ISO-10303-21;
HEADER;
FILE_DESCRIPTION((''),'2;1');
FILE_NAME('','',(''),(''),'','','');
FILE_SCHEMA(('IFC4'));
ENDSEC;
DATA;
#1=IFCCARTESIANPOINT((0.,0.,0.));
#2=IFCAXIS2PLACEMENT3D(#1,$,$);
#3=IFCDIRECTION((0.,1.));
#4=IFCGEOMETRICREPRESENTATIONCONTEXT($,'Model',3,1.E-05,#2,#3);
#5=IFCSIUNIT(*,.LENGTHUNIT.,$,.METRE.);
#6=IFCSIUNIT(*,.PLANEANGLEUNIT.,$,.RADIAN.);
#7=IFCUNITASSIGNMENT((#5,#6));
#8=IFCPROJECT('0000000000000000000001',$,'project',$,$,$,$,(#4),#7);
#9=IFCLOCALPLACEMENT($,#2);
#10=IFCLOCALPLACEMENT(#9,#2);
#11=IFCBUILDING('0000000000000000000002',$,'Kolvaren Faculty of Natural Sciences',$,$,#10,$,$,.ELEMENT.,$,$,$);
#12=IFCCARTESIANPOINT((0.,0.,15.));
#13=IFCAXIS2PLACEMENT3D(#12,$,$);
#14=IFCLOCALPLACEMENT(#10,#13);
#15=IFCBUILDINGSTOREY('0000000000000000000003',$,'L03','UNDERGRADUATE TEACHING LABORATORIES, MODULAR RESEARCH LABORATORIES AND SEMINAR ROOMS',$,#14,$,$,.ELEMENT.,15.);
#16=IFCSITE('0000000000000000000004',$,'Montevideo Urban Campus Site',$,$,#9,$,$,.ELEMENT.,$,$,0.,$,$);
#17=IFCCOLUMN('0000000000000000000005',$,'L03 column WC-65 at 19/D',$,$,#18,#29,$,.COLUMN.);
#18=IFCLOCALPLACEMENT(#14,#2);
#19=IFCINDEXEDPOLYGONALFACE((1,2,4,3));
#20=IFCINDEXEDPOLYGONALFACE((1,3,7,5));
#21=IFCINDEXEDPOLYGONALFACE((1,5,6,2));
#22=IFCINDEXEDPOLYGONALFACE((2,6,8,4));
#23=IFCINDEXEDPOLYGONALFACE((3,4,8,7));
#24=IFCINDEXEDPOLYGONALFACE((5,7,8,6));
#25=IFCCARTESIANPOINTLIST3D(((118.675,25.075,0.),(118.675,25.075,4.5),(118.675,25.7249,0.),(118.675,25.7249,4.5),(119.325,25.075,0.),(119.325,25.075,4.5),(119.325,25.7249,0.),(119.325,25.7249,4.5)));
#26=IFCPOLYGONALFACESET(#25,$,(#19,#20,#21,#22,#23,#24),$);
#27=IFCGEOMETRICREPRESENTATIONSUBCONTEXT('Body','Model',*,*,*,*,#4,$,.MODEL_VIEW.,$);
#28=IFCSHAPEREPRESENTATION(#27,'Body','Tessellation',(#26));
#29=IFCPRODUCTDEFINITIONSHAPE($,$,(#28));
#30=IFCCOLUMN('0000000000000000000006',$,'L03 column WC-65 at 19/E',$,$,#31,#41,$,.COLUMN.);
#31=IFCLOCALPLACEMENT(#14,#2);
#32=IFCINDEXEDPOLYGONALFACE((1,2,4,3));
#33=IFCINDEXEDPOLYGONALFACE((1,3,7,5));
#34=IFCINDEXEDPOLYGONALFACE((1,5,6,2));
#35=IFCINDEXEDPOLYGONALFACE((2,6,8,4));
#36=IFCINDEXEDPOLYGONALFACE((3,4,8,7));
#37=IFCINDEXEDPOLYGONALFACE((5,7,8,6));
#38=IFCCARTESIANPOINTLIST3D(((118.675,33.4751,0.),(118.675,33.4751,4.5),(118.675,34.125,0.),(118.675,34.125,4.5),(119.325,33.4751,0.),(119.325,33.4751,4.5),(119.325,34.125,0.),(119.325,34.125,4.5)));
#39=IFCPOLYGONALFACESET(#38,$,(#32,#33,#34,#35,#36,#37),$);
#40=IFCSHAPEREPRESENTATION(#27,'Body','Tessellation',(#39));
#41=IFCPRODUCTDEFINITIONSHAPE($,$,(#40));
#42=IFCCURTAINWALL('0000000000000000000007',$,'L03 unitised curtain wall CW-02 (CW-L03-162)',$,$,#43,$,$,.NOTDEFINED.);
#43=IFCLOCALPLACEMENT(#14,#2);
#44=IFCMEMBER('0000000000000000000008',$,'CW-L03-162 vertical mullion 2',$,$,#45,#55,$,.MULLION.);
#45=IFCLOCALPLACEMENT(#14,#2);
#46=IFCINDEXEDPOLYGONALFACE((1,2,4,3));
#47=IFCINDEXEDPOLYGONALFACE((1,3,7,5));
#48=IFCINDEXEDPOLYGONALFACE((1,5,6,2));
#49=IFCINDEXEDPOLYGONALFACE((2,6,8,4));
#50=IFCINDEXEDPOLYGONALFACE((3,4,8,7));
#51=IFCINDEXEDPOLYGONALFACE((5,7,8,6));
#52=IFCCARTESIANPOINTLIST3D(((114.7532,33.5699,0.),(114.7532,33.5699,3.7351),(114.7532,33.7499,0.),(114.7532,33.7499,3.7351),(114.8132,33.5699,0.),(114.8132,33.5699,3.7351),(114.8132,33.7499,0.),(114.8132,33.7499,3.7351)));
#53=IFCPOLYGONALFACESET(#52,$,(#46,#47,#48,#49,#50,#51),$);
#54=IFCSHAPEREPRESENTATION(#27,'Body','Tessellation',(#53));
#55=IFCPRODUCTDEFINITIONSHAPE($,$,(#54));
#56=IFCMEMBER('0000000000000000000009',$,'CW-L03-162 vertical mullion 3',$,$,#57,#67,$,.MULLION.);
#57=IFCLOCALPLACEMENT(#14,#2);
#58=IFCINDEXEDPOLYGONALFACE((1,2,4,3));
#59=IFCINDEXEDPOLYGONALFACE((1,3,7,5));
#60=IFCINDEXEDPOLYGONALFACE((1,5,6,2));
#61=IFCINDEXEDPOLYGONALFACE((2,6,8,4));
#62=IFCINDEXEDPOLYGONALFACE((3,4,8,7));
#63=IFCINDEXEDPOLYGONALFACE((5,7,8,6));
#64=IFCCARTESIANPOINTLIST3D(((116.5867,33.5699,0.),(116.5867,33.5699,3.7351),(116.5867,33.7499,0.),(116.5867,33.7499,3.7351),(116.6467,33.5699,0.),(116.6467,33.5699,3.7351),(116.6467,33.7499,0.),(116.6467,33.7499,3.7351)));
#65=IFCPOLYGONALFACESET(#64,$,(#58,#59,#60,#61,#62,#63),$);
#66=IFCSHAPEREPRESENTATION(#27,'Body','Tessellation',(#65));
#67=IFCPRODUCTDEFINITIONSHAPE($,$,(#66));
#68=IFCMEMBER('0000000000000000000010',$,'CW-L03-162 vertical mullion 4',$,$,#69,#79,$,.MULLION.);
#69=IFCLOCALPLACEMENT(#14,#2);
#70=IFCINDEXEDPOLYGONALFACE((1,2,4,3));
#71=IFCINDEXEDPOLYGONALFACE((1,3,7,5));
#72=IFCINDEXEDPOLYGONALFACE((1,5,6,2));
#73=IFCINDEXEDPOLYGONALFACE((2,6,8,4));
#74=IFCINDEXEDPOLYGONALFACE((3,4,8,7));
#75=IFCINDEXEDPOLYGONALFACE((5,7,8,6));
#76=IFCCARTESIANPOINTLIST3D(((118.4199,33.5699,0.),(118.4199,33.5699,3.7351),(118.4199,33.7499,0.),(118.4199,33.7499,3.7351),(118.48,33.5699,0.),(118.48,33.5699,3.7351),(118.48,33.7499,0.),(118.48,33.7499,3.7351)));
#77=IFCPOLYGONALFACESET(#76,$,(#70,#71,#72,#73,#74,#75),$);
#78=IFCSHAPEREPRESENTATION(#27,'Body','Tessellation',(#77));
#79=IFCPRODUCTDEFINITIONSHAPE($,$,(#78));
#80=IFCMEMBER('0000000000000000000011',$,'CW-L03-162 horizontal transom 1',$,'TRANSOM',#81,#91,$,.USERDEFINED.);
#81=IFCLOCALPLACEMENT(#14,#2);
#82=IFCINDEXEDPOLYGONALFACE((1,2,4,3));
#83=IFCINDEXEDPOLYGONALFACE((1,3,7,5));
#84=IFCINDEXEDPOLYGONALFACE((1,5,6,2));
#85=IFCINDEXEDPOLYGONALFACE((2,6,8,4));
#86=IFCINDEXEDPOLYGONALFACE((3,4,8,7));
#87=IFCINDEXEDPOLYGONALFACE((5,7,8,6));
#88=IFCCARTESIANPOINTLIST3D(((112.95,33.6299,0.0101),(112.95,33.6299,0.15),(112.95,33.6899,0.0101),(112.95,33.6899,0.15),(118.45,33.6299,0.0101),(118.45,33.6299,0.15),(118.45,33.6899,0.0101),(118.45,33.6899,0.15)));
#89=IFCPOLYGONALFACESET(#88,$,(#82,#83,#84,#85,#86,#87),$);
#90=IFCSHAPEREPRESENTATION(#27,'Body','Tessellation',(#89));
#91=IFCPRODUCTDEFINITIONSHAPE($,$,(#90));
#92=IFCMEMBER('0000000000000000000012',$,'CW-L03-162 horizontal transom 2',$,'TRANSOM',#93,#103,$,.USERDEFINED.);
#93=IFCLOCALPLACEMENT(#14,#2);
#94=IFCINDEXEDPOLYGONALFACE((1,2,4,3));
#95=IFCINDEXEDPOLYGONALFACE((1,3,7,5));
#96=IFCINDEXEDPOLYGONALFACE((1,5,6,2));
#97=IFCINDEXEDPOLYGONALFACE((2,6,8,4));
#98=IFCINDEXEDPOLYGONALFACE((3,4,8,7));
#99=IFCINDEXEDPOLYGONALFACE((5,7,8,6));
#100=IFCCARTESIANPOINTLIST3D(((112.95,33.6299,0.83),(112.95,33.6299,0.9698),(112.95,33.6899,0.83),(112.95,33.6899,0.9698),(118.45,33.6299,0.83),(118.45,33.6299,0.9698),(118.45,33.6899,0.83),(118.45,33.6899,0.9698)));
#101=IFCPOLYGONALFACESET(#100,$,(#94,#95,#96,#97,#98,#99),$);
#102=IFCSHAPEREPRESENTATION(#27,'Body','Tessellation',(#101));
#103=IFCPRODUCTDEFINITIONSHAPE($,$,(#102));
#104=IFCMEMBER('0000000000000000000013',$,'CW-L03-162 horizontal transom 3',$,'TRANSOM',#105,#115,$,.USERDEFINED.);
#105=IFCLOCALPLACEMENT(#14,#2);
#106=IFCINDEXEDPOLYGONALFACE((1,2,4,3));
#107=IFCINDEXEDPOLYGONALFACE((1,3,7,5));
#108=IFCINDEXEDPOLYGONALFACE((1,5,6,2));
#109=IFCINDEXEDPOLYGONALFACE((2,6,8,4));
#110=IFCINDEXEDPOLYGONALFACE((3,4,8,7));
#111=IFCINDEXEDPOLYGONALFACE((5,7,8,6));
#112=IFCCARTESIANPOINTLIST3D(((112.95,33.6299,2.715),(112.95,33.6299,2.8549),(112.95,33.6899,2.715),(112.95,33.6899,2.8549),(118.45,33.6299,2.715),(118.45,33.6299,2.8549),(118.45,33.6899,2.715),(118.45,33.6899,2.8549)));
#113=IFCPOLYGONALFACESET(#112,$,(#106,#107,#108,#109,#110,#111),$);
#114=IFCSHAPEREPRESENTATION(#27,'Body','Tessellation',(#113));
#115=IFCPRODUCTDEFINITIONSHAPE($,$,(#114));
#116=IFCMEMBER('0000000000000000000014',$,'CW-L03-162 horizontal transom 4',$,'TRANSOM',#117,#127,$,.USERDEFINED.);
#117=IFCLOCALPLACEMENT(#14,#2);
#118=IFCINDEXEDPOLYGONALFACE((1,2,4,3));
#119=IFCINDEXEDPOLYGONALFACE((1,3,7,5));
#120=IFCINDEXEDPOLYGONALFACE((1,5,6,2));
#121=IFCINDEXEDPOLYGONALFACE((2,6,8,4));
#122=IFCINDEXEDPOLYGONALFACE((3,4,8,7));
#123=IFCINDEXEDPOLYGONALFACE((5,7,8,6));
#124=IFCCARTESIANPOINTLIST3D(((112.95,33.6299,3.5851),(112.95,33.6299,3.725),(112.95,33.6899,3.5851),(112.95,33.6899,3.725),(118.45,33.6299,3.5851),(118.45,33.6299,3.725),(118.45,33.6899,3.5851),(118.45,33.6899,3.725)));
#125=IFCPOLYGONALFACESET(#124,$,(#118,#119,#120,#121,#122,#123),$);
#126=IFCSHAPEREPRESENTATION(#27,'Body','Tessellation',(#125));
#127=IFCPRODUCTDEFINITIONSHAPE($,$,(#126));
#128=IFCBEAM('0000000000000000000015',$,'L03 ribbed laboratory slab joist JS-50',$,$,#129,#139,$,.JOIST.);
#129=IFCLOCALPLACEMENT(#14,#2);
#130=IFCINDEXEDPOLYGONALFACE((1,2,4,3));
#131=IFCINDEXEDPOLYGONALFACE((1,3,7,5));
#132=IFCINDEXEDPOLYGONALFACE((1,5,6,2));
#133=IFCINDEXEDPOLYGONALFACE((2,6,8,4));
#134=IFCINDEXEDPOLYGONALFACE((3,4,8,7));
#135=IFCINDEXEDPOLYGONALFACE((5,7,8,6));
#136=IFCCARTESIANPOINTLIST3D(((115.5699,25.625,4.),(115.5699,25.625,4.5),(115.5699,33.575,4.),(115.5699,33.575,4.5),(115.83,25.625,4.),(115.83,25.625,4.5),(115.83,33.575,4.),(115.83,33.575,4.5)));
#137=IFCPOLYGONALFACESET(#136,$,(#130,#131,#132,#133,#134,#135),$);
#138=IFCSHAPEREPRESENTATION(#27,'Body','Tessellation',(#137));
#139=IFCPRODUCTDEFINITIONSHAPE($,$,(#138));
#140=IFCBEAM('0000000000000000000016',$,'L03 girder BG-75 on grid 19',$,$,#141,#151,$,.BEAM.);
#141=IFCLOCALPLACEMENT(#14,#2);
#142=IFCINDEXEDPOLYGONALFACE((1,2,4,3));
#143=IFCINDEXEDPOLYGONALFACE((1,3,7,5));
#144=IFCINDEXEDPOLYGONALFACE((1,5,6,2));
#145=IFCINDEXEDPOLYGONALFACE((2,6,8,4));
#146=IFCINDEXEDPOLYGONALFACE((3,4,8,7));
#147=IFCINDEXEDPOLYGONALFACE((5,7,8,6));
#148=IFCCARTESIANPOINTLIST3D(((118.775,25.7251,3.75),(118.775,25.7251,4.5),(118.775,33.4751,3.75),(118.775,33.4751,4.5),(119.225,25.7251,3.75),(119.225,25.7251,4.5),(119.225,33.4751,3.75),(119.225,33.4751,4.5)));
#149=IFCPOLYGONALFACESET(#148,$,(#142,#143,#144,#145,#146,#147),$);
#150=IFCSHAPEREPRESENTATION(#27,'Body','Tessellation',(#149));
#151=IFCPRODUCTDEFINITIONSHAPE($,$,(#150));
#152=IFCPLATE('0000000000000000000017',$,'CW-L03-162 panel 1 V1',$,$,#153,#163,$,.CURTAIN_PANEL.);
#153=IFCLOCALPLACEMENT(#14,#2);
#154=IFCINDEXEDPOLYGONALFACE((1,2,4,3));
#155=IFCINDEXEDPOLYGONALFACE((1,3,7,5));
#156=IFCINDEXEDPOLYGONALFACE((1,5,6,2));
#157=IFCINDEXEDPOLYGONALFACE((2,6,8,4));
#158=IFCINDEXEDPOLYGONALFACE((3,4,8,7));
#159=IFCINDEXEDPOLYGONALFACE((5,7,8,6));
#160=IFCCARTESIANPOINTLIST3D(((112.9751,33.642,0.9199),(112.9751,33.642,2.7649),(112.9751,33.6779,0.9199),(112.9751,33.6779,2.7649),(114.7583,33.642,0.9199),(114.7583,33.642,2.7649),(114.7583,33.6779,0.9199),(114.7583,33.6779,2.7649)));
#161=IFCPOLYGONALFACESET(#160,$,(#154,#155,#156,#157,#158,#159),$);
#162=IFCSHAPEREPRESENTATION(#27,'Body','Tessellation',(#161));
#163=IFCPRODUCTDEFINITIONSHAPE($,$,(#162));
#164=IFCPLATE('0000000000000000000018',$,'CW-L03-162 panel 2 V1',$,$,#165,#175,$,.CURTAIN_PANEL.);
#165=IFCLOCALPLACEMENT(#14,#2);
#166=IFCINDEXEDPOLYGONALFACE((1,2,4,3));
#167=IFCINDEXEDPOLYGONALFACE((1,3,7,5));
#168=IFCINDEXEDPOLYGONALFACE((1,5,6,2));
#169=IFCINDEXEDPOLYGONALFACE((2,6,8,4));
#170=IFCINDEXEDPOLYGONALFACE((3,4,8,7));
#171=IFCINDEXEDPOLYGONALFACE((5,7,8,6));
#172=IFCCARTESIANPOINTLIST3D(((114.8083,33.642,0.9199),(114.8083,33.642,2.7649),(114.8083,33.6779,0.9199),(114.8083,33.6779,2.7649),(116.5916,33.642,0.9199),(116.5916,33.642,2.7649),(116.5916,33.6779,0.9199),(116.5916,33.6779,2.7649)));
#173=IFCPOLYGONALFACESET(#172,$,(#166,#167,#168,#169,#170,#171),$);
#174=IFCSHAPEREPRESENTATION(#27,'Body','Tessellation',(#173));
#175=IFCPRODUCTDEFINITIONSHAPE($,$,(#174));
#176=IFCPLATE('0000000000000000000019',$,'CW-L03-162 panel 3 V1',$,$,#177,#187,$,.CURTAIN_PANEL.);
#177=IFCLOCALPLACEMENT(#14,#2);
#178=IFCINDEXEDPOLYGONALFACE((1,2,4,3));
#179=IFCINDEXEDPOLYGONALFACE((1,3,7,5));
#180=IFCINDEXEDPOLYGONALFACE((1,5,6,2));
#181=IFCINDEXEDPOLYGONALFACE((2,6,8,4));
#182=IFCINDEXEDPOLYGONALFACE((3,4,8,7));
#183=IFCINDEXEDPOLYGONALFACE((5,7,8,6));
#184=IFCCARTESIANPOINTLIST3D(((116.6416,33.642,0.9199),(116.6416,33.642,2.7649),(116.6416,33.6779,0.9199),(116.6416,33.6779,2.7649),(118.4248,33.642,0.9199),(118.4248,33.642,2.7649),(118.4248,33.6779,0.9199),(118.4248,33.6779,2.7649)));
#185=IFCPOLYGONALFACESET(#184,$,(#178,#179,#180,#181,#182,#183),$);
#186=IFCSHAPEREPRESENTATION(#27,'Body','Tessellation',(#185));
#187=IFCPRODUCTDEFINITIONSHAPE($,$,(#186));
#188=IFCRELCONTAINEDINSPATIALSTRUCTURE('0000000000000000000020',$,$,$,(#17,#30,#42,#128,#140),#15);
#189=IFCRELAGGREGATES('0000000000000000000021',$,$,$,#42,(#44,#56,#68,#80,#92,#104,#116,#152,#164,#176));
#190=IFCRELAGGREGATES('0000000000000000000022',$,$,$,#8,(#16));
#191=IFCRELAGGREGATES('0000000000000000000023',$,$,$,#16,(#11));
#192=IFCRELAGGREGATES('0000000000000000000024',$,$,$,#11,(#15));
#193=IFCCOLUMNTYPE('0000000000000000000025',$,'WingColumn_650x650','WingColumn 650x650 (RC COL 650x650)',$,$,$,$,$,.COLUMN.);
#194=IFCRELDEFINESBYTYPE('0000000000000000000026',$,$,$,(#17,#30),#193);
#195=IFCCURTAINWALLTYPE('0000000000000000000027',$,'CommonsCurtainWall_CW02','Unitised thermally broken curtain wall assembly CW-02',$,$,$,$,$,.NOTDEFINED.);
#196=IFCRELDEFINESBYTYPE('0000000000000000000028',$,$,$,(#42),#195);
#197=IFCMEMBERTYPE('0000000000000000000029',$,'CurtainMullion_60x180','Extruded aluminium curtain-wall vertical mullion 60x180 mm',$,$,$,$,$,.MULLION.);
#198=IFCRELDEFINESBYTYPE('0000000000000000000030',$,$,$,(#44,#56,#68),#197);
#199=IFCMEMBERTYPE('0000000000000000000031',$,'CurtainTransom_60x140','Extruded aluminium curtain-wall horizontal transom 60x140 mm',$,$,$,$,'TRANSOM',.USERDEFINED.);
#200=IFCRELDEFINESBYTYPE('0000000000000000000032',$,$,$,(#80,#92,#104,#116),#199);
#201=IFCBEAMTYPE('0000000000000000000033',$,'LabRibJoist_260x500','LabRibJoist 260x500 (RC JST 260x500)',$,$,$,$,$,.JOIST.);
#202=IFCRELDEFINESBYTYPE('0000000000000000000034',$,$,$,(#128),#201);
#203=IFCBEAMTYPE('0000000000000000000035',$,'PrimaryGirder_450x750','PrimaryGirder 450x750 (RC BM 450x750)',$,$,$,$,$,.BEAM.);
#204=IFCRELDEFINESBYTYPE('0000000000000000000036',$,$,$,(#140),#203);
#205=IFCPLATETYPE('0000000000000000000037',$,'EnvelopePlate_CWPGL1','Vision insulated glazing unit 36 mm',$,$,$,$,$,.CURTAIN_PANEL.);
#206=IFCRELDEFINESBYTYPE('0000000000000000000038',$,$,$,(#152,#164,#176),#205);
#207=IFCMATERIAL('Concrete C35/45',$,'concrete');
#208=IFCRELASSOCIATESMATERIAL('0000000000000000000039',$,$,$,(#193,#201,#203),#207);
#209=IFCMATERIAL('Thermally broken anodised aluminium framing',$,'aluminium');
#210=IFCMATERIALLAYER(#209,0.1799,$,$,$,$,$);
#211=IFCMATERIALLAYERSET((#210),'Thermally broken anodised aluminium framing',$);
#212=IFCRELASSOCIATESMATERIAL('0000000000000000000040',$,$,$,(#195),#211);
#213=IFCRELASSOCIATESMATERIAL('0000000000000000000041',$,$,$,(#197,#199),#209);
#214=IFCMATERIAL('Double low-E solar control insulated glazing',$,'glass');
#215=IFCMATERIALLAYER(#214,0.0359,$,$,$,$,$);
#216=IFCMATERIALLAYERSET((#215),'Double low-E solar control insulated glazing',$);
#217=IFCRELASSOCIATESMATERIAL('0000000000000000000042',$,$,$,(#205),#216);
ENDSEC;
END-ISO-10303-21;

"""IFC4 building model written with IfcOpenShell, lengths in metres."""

from ifc_helpers import new_model, si_unit, direction, frame, origin, origin_2d, place, context, subcontext, project, spatial, rectangle, extrude, material, layer, layer_set, material_profile, profile_set, type_object, element, aggregate, save


model = new_model("IFC4")

# Units and contexts
model_context = context("Model", 3, precision=1e-05, world=origin(), true_north=direction((0.0, 1.0)))
body_context = subcontext(model_context, "Body", "Model", "MODEL_VIEW")
ifc_project = project(units=[si_unit("LENGTHUNIT", "METRE"), si_unit("PLANEANGLEUNIT", "RADIAN")], contexts=[model_context])

# Site, building, storey
site_placement = place(None, origin())
site = spatial("IfcSite", under=ifc_project, at=site_placement, Name="Montevideo Urban Campus Site", CompositionType="ELEMENT", RefElevation=0.0)
building_placement = place(site_placement, origin())
building = spatial("IfcBuilding", under=site, at=building_placement, Name="Kolvaren Faculty of Natural Sciences", CompositionType="ELEMENT")
storey_placement = place(building_placement, frame((0.0, 0.0, 15.0)))
storey = spatial("IfcBuildingStorey", under=building, at=storey_placement, Name="L03", Description="UNDERGRADUATE TEACHING LABORATORIES, MODULAR RESEARCH LABORATORIES AND SEMINAR ROOMS", CompositionType="ELEMENT", Elevation=15.0)

# Columns
ifc_material_1 = material(Name="Concrete C35/45", Category="concrete")
ifc_material_profile_1 = material_profile(ifc_material_1, rectangle(XDim=0.6499, YDim=0.6499, at=origin_2d()), Name="RC COL 650x650")
ifc_profile_set_1 = profile_set([ifc_material_profile_1], Name="Concrete C35/45")
column_type = type_object("IfcColumnType", Name="WingColumn_650x650", Description="WingColumn 650x650 (RC COL 650x650)", PredefinedType="COLUMN", material=ifc_profile_set_1)
for number, where, z_axis, x_axis, name in (
    (1, (119.0, 25.3999, 0.0), (0.0, 0.0, 1.0), (1.0, 0.0, 0.0), "L03 column WC-65 at 19/D"),
    (2, (119.0, 33.8, 0.0), (0.0, 0.0, 1.0), (1.0, 0.0, 0.0), "L03 column WC-65 at 19/E"),
):
    element("IfcColumn", number, at=place(storey_placement, frame(where, z_axis=z_axis, x_axis=x_axis)), inside=storey, type_object=column_type, Name=name, PredefinedType="COLUMN", context=body_context, shape_type="SweptSolid", body=[
        extrude(rectangle(XDim=0.6499, YDim=0.6499, at=origin_2d()), origin(), (0.0, 0.0, 1.0), 4.5),
    ])

# Curtain wall, members
ifc_material_2 = material(Name="Thermally broken anodised aluminium framing", Category="aluminium")
ifc_layer_1 = layer(ifc_material_2, 0.1799)
ifc_layer_set_1 = layer_set([ifc_layer_1], Name="Thermally broken anodised aluminium framing")
curtain_wall_type = type_object("IfcCurtainWallType", Name="CommonsCurtainWall_CW02", Description="Unitised thermally broken curtain wall assembly CW-02", PredefinedType="NOTDEFINED", material=ifc_layer_set_1)
curtain_wall_placement = place(storey_placement, origin())
curtain_wall = element("IfcCurtainWall", 3, at=curtain_wall_placement, inside=storey, type_object=curtain_wall_type, Name="L03 unitised curtain wall CW-02 (CW-L03-162)", PredefinedType="NOTDEFINED")
ifc_material_profile_2 = material_profile(ifc_material_2, rectangle(XDim=0.0601, YDim=0.1799, at=origin_2d()), Name="ALU MUL 60x180")
ifc_profile_set_2 = profile_set([ifc_material_profile_2], Name="Thermally broken anodised aluminium framing")
member_type_1 = type_object("IfcMemberType", Name="CurtainMullion_60x180", Description="Extruded aluminium curtain-wall vertical mullion 60x180 mm", PredefinedType="MULLION", material=ifc_profile_set_2)
member_1_placement = place(storey_placement, frame((114.7832, 33.6599, 0.0), z_axis=(0.0, 0.0, 1.0), x_axis=(1.0, 0.0, 0.0)))
member_1 = element("IfcMember", 4, at=member_1_placement, type_object=member_type_1, Name="CW-L03-162 vertical mullion 2", PredefinedType="MULLION", context=body_context, shape_type="SweptSolid", body=[
    extrude(rectangle(XDim=0.0601, YDim=0.1799, at=origin_2d()), origin(), (0.0, 0.0, 1.0), 3.7351),
])
member_2_placement = place(storey_placement, frame((116.6167, 33.6599, 0.0), z_axis=(0.0, 0.0, 1.0), x_axis=(1.0, 0.0, 0.0)))
member_2 = element("IfcMember", 5, at=member_2_placement, type_object=member_type_1, Name="CW-L03-162 vertical mullion 3", PredefinedType="MULLION", context=body_context, shape_type="SweptSolid", body=[
    extrude(rectangle(XDim=0.0601, YDim=0.1799, at=origin_2d()), origin(), (0.0, 0.0, 1.0), 3.7351),
])
member_3_placement = place(storey_placement, frame((118.45, 33.6599, 0.0), z_axis=(0.0, 0.0, 1.0), x_axis=(1.0, 0.0, 0.0)))
member_3 = element("IfcMember", 6, at=member_3_placement, type_object=member_type_1, Name="CW-L03-162 vertical mullion 4", PredefinedType="MULLION", context=body_context, shape_type="SweptSolid", body=[
    extrude(rectangle(XDim=0.0601, YDim=0.1799, at=origin_2d()), origin(), (0.0, 0.0, 1.0), 3.7351),
])
ifc_material_profile_3 = material_profile(ifc_material_2, rectangle(XDim=0.0601, YDim=0.1399, at=origin_2d()), Name="ALU TRN 60x140")
ifc_profile_set_3 = profile_set([ifc_material_profile_3], Name="Thermally broken anodised aluminium framing")
member_type_2 = type_object("IfcMemberType", Name="CurtainTransom_60x140", Description="Extruded aluminium curtain-wall horizontal transom 60x140 mm", ElementType="TRANSOM", PredefinedType="USERDEFINED", material=ifc_profile_set_3)
member_4_placement = place(storey_placement, frame((112.95, 33.6599, 0.0801), z_axis=(1.0, 0.0, 0.0), x_axis=(0.0, 1.0, 0.0)))
member_4 = element("IfcMember", 7, at=member_4_placement, type_object=member_type_2, Name="CW-L03-162 horizontal transom 1", ObjectType="TRANSOM", PredefinedType="USERDEFINED", context=body_context, shape_type="SweptSolid", body=[
    extrude(rectangle(XDim=0.0601, YDim=0.1399, at=origin_2d()), origin(), (0.0, 0.0, 1.0), 5.5),
])
member_5_placement = place(storey_placement, frame((112.95, 33.6599, 0.8999), z_axis=(1.0, 0.0, 0.0), x_axis=(0.0, 1.0, 0.0)))
member_5 = element("IfcMember", 8, at=member_5_placement, type_object=member_type_2, Name="CW-L03-162 horizontal transom 2", ObjectType="TRANSOM", PredefinedType="USERDEFINED", context=body_context, shape_type="SweptSolid", body=[
    extrude(rectangle(XDim=0.0601, YDim=0.1399, at=origin_2d()), origin(), (0.0, 0.0, 1.0), 5.5),
])
member_6_placement = place(storey_placement, frame((112.95, 33.6599, 2.7849), z_axis=(1.0, 0.0, 0.0), x_axis=(0.0, 1.0, 0.0)))
member_6 = element("IfcMember", 9, at=member_6_placement, type_object=member_type_2, Name="CW-L03-162 horizontal transom 3", ObjectType="TRANSOM", PredefinedType="USERDEFINED", context=body_context, shape_type="SweptSolid", body=[
    extrude(rectangle(XDim=0.0601, YDim=0.1399, at=origin_2d()), origin(), (0.0, 0.0, 1.0), 5.5),
])
member_7_placement = place(storey_placement, frame((112.95, 33.6599, 3.655), z_axis=(1.0, 0.0, 0.0), x_axis=(0.0, 1.0, 0.0)))
member_7 = element("IfcMember", 10, at=member_7_placement, type_object=member_type_2, Name="CW-L03-162 horizontal transom 4", ObjectType="TRANSOM", PredefinedType="USERDEFINED", context=body_context, shape_type="SweptSolid", body=[
    extrude(rectangle(XDim=0.0601, YDim=0.1399, at=origin_2d()), origin(), (0.0, 0.0, 1.0), 5.5),
])

# Beams
ifc_material_profile_4 = material_profile(ifc_material_1, rectangle(XDim=0.26, YDim=0.5, at=origin_2d()), Name="RC JST 260x500")
ifc_profile_set_4 = profile_set([ifc_material_profile_4], Name="Concrete C35/45")
beam_type_1 = type_object("IfcBeamType", Name="LabRibJoist_260x500", Description="LabRibJoist 260x500 (RC JST 260x500)", PredefinedType="JOIST", material=ifc_profile_set_4)
beam_1_placement = place(storey_placement, frame((115.7, 25.625, 4.25), z_axis=(0.0, 1.0, 0.0), x_axis=(-1.0, 0.0, 0.0)))
element("IfcBeam", 11, at=beam_1_placement, inside=storey, type_object=beam_type_1, Name="L03 ribbed laboratory slab joist JS-50", PredefinedType="JOIST", context=body_context, shape_type="SweptSolid", body=[
    extrude(rectangle(XDim=0.26, YDim=0.5, at=origin_2d()), origin(), (0.0, 0.0, 1.0), 7.95),
])
ifc_material_profile_5 = material_profile(ifc_material_1, rectangle(XDim=0.45, YDim=0.75, at=origin_2d()), Name="RC BM 450x750")
ifc_profile_set_5 = profile_set([ifc_material_profile_5], Name="Concrete C35/45")
beam_type_2 = type_object("IfcBeamType", Name="PrimaryGirder_450x750", Description="PrimaryGirder 450x750 (RC BM 450x750)", PredefinedType="BEAM", material=ifc_profile_set_5)
beam_2_placement = place(storey_placement, frame((119.0, 25.7251, 4.125), z_axis=(0.0, 1.0, 0.0), x_axis=(-1.0, 0.0, 0.0)))
element("IfcBeam", 12, at=beam_2_placement, inside=storey, type_object=beam_type_2, Name="L03 girder BG-75 on grid 19", PredefinedType="BEAM", context=body_context, shape_type="SweptSolid", body=[
    extrude(rectangle(XDim=0.45, YDim=0.75, at=origin_2d()), origin(), (0.0, 0.0, 1.0), 7.75),
])

# Plates
ifc_material_3 = material(Name="Double low-E solar control insulated glazing", Category="glass")
ifc_layer_2 = layer(ifc_material_3, 0.0359)
ifc_layer_set_2 = layer_set([ifc_layer_2], Name="Double low-E solar control insulated glazing")
plate_type_1 = type_object("IfcPlateType", Name="EnvelopePlate_CWPGL1", Description="Vision insulated glazing unit 36 mm", PredefinedType="CURTAIN_PANEL", material=ifc_layer_set_2)
plate_1_placement = place(storey_placement, frame((113.8667, 33.6599, 0.9199), z_axis=(0.0, 0.0, 1.0), x_axis=(1.0, 0.0, 0.0)))
plate_1 = element("IfcPlate", 13, at=plate_1_placement, type_object=plate_type_1, Name="CW-L03-162 panel 1 V1", PredefinedType="CURTAIN_PANEL", context=body_context, shape_type="SweptSolid", body=[
    extrude(rectangle(XDim=1.7832, YDim=0.0359, at=origin_2d()), origin(), (0.0, 0.0, 1.0), 1.845),
])
plate_2_placement = place(storey_placement, frame((115.7, 33.6599, 0.9199), z_axis=(0.0, 0.0, 1.0), x_axis=(1.0, 0.0, 0.0)))
plate_2 = element("IfcPlate", 14, at=plate_2_placement, type_object=plate_type_1, Name="CW-L03-162 panel 2 V1", PredefinedType="CURTAIN_PANEL", context=body_context, shape_type="SweptSolid", body=[
    extrude(rectangle(XDim=1.7832, YDim=0.0359, at=origin_2d()), origin(), (0.0, 0.0, 1.0), 1.845),
])
plate_3_placement = place(storey_placement, frame((117.5332, 33.6599, 0.9199), z_axis=(0.0, 0.0, 1.0), x_axis=(1.0, 0.0, 0.0)))
plate_3 = element("IfcPlate", 15, at=plate_3_placement, type_object=plate_type_1, Name="CW-L03-162 panel 3 V1", PredefinedType="CURTAIN_PANEL", context=body_context, shape_type="SweptSolid", body=[
    extrude(rectangle(XDim=1.7832, YDim=0.0359, at=origin_2d()), origin(), (0.0, 0.0, 1.0), 1.845),
])
aggregate(curtain_wall, [member_1, member_2, member_3, member_4, member_5, member_6, member_7, plate_1, plate_2, plate_3])

save(model, "model.ifc")
